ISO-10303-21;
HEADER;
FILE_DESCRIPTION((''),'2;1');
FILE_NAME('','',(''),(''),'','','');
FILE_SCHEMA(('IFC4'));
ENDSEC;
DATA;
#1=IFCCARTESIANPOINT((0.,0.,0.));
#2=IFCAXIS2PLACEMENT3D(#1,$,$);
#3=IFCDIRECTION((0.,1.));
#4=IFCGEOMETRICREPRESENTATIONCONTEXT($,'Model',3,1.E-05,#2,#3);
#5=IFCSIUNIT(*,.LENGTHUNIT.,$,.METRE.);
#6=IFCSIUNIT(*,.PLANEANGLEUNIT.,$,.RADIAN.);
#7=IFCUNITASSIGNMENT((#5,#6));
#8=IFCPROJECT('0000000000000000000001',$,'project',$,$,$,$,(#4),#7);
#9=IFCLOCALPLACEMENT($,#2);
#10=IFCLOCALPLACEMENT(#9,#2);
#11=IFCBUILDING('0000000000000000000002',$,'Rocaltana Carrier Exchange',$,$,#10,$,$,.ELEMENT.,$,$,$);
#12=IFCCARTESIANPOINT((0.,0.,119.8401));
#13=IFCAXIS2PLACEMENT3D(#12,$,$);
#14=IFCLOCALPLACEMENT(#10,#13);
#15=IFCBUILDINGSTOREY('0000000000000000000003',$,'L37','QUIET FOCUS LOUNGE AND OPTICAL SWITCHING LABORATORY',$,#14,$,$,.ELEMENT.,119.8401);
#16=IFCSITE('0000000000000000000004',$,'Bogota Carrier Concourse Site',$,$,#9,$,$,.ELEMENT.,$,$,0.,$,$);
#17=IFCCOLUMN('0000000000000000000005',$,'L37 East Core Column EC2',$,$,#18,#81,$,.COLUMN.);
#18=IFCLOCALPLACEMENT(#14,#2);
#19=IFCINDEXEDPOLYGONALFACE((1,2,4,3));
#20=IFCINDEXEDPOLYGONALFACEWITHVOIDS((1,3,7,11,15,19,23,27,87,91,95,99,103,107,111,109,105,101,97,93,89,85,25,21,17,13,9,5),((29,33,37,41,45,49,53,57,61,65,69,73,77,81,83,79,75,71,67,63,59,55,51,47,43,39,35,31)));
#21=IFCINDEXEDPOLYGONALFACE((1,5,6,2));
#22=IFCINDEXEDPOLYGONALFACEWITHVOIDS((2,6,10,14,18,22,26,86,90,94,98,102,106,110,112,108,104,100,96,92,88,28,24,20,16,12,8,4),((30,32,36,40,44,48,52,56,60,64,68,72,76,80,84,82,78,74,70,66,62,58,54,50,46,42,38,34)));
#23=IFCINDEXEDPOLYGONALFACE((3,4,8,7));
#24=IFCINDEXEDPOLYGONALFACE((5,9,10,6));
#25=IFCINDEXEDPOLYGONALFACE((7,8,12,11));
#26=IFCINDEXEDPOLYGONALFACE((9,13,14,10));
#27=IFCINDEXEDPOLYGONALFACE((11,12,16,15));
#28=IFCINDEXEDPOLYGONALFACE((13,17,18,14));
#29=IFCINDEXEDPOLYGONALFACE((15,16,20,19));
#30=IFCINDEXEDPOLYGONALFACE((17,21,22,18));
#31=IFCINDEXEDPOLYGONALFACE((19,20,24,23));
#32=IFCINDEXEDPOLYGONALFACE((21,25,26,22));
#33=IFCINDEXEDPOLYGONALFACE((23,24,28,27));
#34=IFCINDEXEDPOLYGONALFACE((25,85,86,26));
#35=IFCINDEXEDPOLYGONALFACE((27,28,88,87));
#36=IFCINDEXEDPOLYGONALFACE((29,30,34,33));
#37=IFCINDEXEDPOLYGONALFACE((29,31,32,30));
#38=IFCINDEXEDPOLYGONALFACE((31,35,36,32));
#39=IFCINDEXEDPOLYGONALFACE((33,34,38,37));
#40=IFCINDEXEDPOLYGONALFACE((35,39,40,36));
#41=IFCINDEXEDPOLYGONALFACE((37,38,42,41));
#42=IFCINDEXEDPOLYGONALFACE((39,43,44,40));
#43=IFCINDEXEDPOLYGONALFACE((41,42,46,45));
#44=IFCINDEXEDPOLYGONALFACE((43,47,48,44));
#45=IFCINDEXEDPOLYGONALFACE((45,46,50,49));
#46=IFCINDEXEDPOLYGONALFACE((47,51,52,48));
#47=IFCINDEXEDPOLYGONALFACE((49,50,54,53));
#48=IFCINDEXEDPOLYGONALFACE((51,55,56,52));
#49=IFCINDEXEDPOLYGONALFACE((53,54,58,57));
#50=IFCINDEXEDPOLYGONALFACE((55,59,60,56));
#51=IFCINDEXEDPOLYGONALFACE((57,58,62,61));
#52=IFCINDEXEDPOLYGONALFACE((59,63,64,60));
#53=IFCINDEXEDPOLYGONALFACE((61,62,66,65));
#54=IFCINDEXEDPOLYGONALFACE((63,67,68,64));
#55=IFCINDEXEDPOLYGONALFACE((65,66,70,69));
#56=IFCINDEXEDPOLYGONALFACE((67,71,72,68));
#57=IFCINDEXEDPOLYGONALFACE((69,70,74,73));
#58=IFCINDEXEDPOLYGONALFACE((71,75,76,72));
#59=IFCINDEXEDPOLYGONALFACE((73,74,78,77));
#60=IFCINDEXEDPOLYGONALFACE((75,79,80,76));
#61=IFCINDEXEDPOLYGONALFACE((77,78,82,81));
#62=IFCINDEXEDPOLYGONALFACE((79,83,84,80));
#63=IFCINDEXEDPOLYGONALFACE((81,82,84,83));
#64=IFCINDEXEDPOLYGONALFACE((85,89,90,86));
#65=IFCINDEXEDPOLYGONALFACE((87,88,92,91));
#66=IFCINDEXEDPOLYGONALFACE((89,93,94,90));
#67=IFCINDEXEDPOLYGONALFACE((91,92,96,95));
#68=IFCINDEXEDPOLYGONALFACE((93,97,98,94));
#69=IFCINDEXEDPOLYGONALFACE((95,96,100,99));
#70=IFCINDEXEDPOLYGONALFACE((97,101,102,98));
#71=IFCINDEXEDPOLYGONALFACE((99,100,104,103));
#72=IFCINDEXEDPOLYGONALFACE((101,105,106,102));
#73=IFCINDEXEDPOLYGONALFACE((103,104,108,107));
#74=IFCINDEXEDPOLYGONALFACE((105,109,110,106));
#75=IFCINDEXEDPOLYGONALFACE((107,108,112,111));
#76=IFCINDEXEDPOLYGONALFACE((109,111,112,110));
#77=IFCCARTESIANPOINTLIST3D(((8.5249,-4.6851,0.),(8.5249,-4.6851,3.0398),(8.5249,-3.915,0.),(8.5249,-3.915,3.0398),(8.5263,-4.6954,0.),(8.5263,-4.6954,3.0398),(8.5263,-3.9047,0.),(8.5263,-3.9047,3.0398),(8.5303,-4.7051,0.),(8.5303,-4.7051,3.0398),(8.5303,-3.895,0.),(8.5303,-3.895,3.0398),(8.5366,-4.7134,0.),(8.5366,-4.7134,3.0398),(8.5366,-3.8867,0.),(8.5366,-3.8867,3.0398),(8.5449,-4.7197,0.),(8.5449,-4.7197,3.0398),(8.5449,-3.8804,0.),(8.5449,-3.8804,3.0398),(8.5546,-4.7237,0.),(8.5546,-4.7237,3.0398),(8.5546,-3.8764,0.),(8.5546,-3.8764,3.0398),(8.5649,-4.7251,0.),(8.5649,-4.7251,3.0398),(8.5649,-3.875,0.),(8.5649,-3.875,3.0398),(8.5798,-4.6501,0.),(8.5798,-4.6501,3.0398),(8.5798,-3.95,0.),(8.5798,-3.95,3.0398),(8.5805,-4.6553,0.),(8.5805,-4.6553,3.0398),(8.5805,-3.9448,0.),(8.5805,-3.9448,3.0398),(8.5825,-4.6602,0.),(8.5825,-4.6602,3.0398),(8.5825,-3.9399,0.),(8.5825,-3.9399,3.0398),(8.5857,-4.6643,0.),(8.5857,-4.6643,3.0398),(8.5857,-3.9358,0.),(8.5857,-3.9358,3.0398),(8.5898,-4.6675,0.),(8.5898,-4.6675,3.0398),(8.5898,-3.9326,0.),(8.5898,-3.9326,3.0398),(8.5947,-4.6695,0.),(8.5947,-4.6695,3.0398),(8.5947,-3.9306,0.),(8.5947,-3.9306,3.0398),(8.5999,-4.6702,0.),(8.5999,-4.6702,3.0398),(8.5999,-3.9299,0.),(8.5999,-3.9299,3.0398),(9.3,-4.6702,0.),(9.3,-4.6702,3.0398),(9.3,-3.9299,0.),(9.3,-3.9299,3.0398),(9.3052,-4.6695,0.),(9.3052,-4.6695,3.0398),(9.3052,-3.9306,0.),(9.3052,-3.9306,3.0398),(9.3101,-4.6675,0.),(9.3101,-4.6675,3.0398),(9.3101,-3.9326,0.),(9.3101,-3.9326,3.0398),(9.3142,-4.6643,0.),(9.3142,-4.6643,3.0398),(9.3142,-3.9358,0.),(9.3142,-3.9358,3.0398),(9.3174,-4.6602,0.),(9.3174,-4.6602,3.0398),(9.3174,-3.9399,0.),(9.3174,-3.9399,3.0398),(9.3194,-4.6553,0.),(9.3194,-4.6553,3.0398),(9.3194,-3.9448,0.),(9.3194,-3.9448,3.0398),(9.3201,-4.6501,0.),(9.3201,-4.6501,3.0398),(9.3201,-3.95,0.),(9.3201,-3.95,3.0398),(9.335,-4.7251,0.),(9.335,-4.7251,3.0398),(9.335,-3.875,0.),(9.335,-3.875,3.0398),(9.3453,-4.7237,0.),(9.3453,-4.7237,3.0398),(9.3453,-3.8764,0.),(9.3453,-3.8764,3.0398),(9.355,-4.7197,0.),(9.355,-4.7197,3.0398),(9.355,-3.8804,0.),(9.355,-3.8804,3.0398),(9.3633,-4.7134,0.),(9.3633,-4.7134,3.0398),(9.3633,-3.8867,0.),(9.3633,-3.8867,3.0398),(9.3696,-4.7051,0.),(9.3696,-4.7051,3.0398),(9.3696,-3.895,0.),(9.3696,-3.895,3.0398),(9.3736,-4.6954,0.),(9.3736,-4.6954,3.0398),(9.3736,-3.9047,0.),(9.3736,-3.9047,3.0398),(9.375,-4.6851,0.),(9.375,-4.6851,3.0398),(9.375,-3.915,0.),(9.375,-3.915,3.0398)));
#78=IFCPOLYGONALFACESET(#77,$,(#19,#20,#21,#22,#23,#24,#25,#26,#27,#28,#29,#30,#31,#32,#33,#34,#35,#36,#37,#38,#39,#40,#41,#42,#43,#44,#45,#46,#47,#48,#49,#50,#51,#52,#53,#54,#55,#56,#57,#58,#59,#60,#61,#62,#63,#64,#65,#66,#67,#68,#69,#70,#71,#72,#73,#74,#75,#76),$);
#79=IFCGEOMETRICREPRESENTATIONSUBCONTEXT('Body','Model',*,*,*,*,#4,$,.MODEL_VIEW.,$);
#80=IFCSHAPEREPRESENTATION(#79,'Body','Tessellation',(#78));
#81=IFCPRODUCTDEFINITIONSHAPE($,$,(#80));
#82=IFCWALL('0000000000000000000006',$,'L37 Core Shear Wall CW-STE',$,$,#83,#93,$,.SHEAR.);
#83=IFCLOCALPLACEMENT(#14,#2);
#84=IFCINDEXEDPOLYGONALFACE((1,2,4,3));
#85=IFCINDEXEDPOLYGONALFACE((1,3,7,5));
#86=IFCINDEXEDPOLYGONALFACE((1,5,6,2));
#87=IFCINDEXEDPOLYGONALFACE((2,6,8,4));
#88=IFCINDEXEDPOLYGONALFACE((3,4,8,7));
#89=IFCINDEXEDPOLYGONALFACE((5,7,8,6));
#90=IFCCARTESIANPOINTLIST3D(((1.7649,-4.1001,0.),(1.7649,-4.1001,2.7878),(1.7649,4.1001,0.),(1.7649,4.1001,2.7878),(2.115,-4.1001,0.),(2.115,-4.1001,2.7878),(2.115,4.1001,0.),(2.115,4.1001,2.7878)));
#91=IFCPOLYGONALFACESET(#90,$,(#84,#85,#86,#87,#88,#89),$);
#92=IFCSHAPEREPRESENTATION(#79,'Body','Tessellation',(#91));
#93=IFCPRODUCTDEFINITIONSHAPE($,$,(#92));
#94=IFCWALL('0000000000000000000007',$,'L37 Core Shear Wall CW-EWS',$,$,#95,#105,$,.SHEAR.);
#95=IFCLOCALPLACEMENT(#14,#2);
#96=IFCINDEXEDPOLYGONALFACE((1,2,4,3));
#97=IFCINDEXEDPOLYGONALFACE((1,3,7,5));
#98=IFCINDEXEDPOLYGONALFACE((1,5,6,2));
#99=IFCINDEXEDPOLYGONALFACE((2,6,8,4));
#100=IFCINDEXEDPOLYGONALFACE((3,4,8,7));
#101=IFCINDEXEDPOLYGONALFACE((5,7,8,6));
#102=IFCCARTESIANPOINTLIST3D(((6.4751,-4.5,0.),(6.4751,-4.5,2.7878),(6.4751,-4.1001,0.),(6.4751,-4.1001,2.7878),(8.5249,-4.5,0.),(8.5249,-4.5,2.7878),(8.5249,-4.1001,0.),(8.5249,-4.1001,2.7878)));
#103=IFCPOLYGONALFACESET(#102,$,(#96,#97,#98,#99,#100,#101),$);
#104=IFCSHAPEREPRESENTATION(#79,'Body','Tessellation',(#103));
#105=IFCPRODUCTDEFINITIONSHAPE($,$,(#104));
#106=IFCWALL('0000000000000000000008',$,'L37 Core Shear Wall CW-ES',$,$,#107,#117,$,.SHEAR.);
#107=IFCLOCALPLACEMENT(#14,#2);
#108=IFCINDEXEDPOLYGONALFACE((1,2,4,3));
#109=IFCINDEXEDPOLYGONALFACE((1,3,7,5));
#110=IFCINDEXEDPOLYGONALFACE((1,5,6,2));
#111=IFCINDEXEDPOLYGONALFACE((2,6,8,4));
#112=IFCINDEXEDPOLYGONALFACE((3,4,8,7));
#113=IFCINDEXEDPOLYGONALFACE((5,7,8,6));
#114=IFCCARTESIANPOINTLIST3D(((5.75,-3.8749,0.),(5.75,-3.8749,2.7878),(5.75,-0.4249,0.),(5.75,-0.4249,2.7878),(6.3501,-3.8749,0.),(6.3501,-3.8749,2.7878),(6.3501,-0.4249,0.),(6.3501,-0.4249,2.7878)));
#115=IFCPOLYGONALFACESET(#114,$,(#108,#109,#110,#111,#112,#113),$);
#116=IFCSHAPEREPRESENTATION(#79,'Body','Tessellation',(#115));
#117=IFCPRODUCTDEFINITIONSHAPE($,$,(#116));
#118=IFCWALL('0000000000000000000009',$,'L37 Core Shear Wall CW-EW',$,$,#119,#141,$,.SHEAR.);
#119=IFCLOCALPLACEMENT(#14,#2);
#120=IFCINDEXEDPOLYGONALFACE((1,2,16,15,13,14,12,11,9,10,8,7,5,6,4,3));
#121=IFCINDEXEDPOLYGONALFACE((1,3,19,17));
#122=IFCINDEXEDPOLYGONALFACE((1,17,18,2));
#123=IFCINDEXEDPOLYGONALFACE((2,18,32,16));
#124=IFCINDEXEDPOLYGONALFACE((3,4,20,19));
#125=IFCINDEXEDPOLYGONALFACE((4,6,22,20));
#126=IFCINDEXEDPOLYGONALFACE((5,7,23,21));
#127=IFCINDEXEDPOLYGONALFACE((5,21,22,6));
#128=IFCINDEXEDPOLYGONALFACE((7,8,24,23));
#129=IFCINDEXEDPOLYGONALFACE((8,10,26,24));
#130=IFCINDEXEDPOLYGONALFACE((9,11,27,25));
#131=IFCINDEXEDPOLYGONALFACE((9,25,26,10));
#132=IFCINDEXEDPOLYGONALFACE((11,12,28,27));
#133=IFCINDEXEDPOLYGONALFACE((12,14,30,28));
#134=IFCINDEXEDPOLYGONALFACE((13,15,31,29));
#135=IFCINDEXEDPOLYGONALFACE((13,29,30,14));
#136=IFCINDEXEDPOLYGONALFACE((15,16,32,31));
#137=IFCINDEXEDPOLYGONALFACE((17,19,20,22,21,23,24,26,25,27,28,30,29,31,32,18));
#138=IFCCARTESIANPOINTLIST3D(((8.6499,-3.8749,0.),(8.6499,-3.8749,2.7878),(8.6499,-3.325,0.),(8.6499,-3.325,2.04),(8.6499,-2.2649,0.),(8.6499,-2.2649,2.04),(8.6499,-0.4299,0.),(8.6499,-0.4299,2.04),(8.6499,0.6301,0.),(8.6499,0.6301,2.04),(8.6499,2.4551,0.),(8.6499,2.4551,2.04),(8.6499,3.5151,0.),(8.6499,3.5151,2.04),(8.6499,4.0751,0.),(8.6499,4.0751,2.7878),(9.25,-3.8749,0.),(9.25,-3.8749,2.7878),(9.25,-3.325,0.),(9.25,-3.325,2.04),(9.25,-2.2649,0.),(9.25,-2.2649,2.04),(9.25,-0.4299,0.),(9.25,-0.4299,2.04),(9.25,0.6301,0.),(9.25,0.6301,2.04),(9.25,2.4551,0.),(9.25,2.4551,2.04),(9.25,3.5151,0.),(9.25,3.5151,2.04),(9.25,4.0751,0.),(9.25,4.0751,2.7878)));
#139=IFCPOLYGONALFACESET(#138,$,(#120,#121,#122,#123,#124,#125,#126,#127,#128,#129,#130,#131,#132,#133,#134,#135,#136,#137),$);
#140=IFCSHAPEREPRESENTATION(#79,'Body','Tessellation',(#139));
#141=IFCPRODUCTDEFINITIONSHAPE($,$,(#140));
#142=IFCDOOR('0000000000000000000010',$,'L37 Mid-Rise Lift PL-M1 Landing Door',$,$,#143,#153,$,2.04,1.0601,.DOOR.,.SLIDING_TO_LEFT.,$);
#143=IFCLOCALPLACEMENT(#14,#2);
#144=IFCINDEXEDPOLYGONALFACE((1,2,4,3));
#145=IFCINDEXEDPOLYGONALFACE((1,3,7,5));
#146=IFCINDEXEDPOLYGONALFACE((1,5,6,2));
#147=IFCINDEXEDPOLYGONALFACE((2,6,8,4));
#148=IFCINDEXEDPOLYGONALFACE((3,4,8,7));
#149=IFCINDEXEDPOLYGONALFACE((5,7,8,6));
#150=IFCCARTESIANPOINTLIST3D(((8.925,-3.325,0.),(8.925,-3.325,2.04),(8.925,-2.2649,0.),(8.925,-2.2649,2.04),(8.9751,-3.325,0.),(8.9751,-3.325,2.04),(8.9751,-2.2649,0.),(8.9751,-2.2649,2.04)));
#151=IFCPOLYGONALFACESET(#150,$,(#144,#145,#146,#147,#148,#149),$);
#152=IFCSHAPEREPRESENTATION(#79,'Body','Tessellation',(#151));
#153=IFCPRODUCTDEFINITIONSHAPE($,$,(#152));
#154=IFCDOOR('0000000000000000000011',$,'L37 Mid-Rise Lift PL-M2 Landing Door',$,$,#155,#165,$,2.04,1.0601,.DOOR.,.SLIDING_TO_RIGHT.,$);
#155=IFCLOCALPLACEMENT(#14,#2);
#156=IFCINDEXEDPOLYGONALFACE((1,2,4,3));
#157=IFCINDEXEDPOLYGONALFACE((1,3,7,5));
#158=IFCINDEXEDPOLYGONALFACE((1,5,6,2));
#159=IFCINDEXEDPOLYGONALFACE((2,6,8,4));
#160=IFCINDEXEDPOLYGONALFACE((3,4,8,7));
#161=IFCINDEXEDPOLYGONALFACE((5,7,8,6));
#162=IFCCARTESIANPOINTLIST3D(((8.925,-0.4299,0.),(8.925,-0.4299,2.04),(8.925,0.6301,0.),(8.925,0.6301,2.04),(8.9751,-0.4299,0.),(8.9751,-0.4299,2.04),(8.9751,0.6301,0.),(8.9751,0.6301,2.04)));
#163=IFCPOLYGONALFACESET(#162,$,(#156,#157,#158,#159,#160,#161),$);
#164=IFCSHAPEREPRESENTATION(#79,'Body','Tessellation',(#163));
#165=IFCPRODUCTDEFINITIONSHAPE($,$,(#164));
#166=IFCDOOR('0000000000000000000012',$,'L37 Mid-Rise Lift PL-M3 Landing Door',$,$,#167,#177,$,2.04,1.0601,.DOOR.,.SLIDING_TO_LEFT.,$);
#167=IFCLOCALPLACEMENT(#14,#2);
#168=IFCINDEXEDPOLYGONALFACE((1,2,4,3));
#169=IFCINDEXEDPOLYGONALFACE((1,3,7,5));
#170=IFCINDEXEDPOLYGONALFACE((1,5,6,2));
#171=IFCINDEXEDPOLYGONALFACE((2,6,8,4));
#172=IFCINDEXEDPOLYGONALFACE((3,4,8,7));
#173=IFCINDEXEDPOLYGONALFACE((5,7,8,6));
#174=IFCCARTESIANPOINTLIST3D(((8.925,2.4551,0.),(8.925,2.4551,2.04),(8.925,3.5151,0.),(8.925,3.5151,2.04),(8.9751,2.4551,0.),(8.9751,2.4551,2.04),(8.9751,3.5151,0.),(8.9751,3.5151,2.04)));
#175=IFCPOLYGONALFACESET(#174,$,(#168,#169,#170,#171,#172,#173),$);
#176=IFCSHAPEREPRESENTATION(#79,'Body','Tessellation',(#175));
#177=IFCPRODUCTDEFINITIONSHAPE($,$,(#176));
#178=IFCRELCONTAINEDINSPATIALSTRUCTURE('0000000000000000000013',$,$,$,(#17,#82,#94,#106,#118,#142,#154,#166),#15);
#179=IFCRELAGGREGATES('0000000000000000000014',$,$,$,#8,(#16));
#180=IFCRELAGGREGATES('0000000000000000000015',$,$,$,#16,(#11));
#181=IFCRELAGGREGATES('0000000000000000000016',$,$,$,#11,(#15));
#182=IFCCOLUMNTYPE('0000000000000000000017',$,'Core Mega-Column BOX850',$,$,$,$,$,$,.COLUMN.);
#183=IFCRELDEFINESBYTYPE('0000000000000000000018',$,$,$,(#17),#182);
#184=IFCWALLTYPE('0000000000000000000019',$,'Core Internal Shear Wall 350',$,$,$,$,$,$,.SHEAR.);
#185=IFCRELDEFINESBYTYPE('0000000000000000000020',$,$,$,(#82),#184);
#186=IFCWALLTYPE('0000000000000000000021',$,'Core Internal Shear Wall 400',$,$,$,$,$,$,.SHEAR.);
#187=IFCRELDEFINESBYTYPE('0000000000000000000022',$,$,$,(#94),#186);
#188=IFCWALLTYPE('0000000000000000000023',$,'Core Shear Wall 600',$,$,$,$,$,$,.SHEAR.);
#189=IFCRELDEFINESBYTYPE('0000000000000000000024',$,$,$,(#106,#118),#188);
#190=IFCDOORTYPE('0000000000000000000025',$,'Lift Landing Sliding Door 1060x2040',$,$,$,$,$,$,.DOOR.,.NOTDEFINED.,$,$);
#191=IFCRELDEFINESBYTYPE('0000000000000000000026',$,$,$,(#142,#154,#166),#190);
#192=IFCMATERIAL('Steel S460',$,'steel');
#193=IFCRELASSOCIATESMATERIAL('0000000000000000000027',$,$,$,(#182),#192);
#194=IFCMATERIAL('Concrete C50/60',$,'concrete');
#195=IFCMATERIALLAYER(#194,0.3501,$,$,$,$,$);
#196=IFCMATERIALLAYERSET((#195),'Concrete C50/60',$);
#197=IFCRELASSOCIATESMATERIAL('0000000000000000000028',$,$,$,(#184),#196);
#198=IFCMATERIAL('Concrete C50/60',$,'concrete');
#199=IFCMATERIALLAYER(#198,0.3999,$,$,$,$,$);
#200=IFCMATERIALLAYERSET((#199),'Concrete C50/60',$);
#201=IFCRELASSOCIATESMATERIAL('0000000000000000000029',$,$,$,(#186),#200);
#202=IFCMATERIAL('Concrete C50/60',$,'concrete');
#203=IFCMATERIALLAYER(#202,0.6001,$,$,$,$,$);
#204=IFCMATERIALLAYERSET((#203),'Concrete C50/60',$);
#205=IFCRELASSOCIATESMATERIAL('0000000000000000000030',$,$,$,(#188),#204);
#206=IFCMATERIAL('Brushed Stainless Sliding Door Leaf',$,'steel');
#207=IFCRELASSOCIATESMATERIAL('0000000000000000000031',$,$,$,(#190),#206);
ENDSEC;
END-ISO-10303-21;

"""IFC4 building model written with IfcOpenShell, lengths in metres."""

from ifc_helpers import new_model, si_unit, direction, frame, frame_2d, origin, origin_2d, place, context, subcontext, project, spatial, rectangle, hollow_rectangle, extrude, material, layer, layer_set, material_profile, profile_set, type_object, element, fill, save


model = new_model("IFC4")

# Units and contexts
model_context = context("Model", 3, precision=1e-05, world=origin(), true_north=direction((0.0, 1.0)))
body_context = subcontext(model_context, "Body", "Model", "MODEL_VIEW")
ifc_project = project(units=[si_unit("LENGTHUNIT", "METRE"), si_unit("PLANEANGLEUNIT", "RADIAN")], contexts=[model_context])

# Site, building, storey
site_placement = place(None, origin())
site = spatial("IfcSite", under=ifc_project, at=site_placement, Name="Bogota Carrier Concourse Site", CompositionType="ELEMENT", RefElevation=0.0)
building_placement = place(site_placement, origin())
building = spatial("IfcBuilding", under=site, at=building_placement, Name="Rocaltana Carrier Exchange", CompositionType="ELEMENT")
storey_placement = place(building_placement, frame((0.0, 0.0, 119.8401)))
storey = spatial("IfcBuildingStorey", under=building, at=storey_placement, Name="L37", Description="QUIET FOCUS LOUNGE AND OPTICAL SWITCHING LABORATORY", CompositionType="ELEMENT", Elevation=119.8401)

# Column
ifc_material_1 = material(Name="Steel S460", Category="steel")
ifc_material_profile = material_profile(ifc_material_1, hollow_rectangle(XDim=0.8501, YDim=0.8501, WallThickness=0.0549, InnerFilletRadius=0.02, OuterFilletRadius=0.04, at=origin_2d()), Name="BOX850X850X55")
ifc_profile_set = profile_set([ifc_material_profile], Name="Steel S460")
column_type = type_object("IfcColumnType", Name="Core Mega-Column BOX850", PredefinedType="COLUMN", material=ifc_profile_set)
column_placement = place(storey_placement, frame((8.95, -4.3, 0.0), z_axis=(0.0, 0.0, 1.0), x_axis=(1.0, 0.0, 0.0)))
element("IfcColumn", 1, at=column_placement, inside=storey, type_object=column_type, Name="L37 East Core Column EC2", PredefinedType="COLUMN", context=body_context, shape_type="SweptSolid", body=[
    extrude(hollow_rectangle(XDim=0.8501, YDim=0.8501, WallThickness=0.0549, InnerFilletRadius=0.02, OuterFilletRadius=0.04, at=origin_2d()), origin(), (0.0, 0.0, 1.0), 3.0398),
])

# Walls
ifc_material_2 = material(Name="Concrete C50/60", Category="concrete")
ifc_layer_1 = layer(ifc_material_2, 0.3501)
ifc_layer_set_1 = layer_set([ifc_layer_1], Name="Concrete C50/60")
wall_type_1 = type_object("IfcWallType", Name="Core Internal Shear Wall 350", PredefinedType="SHEAR", material=ifc_layer_set_1)
wall_1_placement = place(storey_placement, frame((1.9399, -4.1001, 0.0), z_axis=(0.0, 0.0, 1.0), x_axis=(0.0, 1.0, 0.0)))
element("IfcWall", 2, at=wall_1_placement, inside=storey, type_object=wall_type_1, Name="L37 Core Shear Wall CW-STE", PredefinedType="SHEAR", context=body_context, shape_type="SweptSolid", body=[
    extrude(rectangle(XDim=8.2002, YDim=0.3501, at=frame_2d((4.1001, 0.0))), origin(), (0.0, 0.0, 1.0), 2.7878),
])
ifc_material_3 = material(Name="Concrete C50/60", Category="concrete")
ifc_layer_2 = layer(ifc_material_3, 0.3999)
ifc_layer_set_2 = layer_set([ifc_layer_2], Name="Concrete C50/60")
wall_type_2 = type_object("IfcWallType", Name="Core Internal Shear Wall 400", PredefinedType="SHEAR", material=ifc_layer_set_2)
wall_2_placement = place(storey_placement, frame((6.4751, -4.3, 0.0), z_axis=(0.0, 0.0, 1.0), x_axis=(1.0, 0.0, 0.0)))
element("IfcWall", 3, at=wall_2_placement, inside=storey, type_object=wall_type_2, Name="L37 Core Shear Wall CW-EWS", PredefinedType="SHEAR", context=body_context, shape_type="SweptSolid", body=[
    extrude(rectangle(XDim=2.0498, YDim=0.3999, at=frame_2d((1.0249, 0.0))), origin(), (0.0, 0.0, 1.0), 2.7878),
])
ifc_material_4 = material(Name="Concrete C50/60", Category="concrete")
ifc_layer_3 = layer(ifc_material_4, 0.6001)
ifc_layer_set_3 = layer_set([ifc_layer_3], Name="Concrete C50/60")
wall_type_3 = type_object("IfcWallType", Name="Core Shear Wall 600", PredefinedType="SHEAR", material=ifc_layer_set_3)
wall_3_placement = place(storey_placement, frame((6.05, -3.875, 0.0), z_axis=(0.0, 0.0, 1.0), x_axis=(0.0, 1.0, 0.0)))
element("IfcWall", 4, at=wall_3_placement, inside=storey, type_object=wall_type_3, Name="L37 Core Shear Wall CW-ES", PredefinedType="SHEAR", context=body_context, shape_type="SweptSolid", body=[
    extrude(rectangle(XDim=3.45, YDim=0.6001, at=frame_2d((1.7251, 0.0))), origin(), (0.0, 0.0, 1.0), 2.7878),
])

# Wall, openings, doors
wall_4_placement = place(storey_placement, frame((8.95, -3.875, 0.0), z_axis=(0.0, 0.0, 1.0), x_axis=(0.0, 1.0, 0.0)))
wall_4 = element("IfcWall", 5, at=wall_4_placement, inside=storey, type_object=wall_type_3, Name="L37 Core Shear Wall CW-EW", PredefinedType="SHEAR", context=body_context, shape_type="SweptSolid", body=[
    extrude(rectangle(XDim=7.95, YDim=0.6001, at=frame_2d((3.9751, 0.0))), origin(), (0.0, 0.0, 1.0), 2.7878),
])
opening_1_placement = place(wall_4_placement, frame((0.55, 0.0, 0.0)))
opening_1 = element("IfcOpeningElement", 6, at=opening_1_placement, cuts=wall_4, PredefinedType="OPENING", context=body_context, shape_type="SweptSolid", body=[
    extrude(rectangle(XDim=1.0601, YDim=2.04, at=frame_2d((0.53, 1.02))), frame((0.0, 0.3101, 0.0), z_axis=(0.0, -1.0, 0.0), x_axis=(1.0, 0.0, 0.0)), (0.0, 0.0, 1.0), 0.6201),
])
opening_2_placement = place(wall_4_placement, frame((3.4451, 0.0, 0.0)))
opening_2 = element("IfcOpeningElement", 7, at=opening_2_placement, cuts=wall_4, PredefinedType="OPENING", context=body_context, shape_type="SweptSolid", body=[
    extrude(rectangle(XDim=1.0601, YDim=2.04, at=frame_2d((0.53, 1.02))), frame((0.0, 0.3101, 0.0), z_axis=(0.0, -1.0, 0.0), x_axis=(1.0, 0.0, 0.0)), (0.0, 0.0, 1.0), 0.6201),
])
opening_3_placement = place(wall_4_placement, frame((6.3301, 0.0, 0.0)))
opening_3 = element("IfcOpeningElement", 8, at=opening_3_placement, cuts=wall_4, PredefinedType="OPENING", context=body_context, shape_type="SweptSolid", body=[
    extrude(rectangle(XDim=1.0601, YDim=2.04, at=frame_2d((0.53, 1.02))), frame((0.0, 0.3101, 0.0), z_axis=(0.0, -1.0, 0.0), x_axis=(1.0, 0.0, 0.0)), (0.0, 0.0, 1.0), 0.6201),
])
ifc_material_5 = material(Name="Brushed Stainless Sliding Door Leaf", Category="steel")
door_type = type_object("IfcDoorType", Name="Lift Landing Sliding Door 1060x2040", OperationType="NOTDEFINED", PredefinedType="DOOR", material=ifc_material_5)
door_1_placement = place(opening_1_placement, origin())
door_1 = element("IfcDoor", 9, at=door_1_placement, inside=storey, type_object=door_type, Name="L37 Mid-Rise Lift PL-M1 Landing Door", OperationType="SLIDING_TO_LEFT", OverallHeight=2.04, OverallWidth=1.0601, PredefinedType="DOOR", context=body_context, shape_type="SweptSolid", body=[
    extrude(rectangle(XDim=1.0601, YDim=2.04, at=frame_2d((0.53, 1.02))), frame((0.0, 0.0249, 0.0), z_axis=(0.0, -1.0, 0.0), x_axis=(1.0, 0.0, 0.0)), (0.0, 0.0, 1.0), 0.05),
])
fill(opening_1, door_1)
door_2_placement = place(opening_2_placement, origin())
door_2 = element("IfcDoor", 10, at=door_2_placement, inside=storey, type_object=door_type, Name="L37 Mid-Rise Lift PL-M2 Landing Door", OperationType="SLIDING_TO_RIGHT", OverallHeight=2.04, OverallWidth=1.0601, PredefinedType="DOOR", context=body_context, shape_type="SweptSolid", body=[
    extrude(rectangle(XDim=1.0601, YDim=2.04, at=frame_2d((0.53, 1.02))), frame((0.0, 0.0249, 0.0), z_axis=(0.0, -1.0, 0.0), x_axis=(1.0, 0.0, 0.0)), (0.0, 0.0, 1.0), 0.05),
])
fill(opening_2, door_2)
door_3_placement = place(opening_3_placement, origin())
door_3 = element("IfcDoor", 11, at=door_3_placement, inside=storey, type_object=door_type, Name="L37 Mid-Rise Lift PL-M3 Landing Door", OperationType="SLIDING_TO_LEFT", OverallHeight=2.04, OverallWidth=1.0601, PredefinedType="DOOR", context=body_context, shape_type="SweptSolid", body=[
    extrude(rectangle(XDim=1.0601, YDim=2.04, at=frame_2d((0.53, 1.02))), frame((0.0, 0.0249, 0.0), z_axis=(0.0, -1.0, 0.0), x_axis=(1.0, 0.0, 0.0)), (0.0, 0.0, 1.0), 0.05),
])
fill(opening_3, door_3)

save(model, "model.ifc")
